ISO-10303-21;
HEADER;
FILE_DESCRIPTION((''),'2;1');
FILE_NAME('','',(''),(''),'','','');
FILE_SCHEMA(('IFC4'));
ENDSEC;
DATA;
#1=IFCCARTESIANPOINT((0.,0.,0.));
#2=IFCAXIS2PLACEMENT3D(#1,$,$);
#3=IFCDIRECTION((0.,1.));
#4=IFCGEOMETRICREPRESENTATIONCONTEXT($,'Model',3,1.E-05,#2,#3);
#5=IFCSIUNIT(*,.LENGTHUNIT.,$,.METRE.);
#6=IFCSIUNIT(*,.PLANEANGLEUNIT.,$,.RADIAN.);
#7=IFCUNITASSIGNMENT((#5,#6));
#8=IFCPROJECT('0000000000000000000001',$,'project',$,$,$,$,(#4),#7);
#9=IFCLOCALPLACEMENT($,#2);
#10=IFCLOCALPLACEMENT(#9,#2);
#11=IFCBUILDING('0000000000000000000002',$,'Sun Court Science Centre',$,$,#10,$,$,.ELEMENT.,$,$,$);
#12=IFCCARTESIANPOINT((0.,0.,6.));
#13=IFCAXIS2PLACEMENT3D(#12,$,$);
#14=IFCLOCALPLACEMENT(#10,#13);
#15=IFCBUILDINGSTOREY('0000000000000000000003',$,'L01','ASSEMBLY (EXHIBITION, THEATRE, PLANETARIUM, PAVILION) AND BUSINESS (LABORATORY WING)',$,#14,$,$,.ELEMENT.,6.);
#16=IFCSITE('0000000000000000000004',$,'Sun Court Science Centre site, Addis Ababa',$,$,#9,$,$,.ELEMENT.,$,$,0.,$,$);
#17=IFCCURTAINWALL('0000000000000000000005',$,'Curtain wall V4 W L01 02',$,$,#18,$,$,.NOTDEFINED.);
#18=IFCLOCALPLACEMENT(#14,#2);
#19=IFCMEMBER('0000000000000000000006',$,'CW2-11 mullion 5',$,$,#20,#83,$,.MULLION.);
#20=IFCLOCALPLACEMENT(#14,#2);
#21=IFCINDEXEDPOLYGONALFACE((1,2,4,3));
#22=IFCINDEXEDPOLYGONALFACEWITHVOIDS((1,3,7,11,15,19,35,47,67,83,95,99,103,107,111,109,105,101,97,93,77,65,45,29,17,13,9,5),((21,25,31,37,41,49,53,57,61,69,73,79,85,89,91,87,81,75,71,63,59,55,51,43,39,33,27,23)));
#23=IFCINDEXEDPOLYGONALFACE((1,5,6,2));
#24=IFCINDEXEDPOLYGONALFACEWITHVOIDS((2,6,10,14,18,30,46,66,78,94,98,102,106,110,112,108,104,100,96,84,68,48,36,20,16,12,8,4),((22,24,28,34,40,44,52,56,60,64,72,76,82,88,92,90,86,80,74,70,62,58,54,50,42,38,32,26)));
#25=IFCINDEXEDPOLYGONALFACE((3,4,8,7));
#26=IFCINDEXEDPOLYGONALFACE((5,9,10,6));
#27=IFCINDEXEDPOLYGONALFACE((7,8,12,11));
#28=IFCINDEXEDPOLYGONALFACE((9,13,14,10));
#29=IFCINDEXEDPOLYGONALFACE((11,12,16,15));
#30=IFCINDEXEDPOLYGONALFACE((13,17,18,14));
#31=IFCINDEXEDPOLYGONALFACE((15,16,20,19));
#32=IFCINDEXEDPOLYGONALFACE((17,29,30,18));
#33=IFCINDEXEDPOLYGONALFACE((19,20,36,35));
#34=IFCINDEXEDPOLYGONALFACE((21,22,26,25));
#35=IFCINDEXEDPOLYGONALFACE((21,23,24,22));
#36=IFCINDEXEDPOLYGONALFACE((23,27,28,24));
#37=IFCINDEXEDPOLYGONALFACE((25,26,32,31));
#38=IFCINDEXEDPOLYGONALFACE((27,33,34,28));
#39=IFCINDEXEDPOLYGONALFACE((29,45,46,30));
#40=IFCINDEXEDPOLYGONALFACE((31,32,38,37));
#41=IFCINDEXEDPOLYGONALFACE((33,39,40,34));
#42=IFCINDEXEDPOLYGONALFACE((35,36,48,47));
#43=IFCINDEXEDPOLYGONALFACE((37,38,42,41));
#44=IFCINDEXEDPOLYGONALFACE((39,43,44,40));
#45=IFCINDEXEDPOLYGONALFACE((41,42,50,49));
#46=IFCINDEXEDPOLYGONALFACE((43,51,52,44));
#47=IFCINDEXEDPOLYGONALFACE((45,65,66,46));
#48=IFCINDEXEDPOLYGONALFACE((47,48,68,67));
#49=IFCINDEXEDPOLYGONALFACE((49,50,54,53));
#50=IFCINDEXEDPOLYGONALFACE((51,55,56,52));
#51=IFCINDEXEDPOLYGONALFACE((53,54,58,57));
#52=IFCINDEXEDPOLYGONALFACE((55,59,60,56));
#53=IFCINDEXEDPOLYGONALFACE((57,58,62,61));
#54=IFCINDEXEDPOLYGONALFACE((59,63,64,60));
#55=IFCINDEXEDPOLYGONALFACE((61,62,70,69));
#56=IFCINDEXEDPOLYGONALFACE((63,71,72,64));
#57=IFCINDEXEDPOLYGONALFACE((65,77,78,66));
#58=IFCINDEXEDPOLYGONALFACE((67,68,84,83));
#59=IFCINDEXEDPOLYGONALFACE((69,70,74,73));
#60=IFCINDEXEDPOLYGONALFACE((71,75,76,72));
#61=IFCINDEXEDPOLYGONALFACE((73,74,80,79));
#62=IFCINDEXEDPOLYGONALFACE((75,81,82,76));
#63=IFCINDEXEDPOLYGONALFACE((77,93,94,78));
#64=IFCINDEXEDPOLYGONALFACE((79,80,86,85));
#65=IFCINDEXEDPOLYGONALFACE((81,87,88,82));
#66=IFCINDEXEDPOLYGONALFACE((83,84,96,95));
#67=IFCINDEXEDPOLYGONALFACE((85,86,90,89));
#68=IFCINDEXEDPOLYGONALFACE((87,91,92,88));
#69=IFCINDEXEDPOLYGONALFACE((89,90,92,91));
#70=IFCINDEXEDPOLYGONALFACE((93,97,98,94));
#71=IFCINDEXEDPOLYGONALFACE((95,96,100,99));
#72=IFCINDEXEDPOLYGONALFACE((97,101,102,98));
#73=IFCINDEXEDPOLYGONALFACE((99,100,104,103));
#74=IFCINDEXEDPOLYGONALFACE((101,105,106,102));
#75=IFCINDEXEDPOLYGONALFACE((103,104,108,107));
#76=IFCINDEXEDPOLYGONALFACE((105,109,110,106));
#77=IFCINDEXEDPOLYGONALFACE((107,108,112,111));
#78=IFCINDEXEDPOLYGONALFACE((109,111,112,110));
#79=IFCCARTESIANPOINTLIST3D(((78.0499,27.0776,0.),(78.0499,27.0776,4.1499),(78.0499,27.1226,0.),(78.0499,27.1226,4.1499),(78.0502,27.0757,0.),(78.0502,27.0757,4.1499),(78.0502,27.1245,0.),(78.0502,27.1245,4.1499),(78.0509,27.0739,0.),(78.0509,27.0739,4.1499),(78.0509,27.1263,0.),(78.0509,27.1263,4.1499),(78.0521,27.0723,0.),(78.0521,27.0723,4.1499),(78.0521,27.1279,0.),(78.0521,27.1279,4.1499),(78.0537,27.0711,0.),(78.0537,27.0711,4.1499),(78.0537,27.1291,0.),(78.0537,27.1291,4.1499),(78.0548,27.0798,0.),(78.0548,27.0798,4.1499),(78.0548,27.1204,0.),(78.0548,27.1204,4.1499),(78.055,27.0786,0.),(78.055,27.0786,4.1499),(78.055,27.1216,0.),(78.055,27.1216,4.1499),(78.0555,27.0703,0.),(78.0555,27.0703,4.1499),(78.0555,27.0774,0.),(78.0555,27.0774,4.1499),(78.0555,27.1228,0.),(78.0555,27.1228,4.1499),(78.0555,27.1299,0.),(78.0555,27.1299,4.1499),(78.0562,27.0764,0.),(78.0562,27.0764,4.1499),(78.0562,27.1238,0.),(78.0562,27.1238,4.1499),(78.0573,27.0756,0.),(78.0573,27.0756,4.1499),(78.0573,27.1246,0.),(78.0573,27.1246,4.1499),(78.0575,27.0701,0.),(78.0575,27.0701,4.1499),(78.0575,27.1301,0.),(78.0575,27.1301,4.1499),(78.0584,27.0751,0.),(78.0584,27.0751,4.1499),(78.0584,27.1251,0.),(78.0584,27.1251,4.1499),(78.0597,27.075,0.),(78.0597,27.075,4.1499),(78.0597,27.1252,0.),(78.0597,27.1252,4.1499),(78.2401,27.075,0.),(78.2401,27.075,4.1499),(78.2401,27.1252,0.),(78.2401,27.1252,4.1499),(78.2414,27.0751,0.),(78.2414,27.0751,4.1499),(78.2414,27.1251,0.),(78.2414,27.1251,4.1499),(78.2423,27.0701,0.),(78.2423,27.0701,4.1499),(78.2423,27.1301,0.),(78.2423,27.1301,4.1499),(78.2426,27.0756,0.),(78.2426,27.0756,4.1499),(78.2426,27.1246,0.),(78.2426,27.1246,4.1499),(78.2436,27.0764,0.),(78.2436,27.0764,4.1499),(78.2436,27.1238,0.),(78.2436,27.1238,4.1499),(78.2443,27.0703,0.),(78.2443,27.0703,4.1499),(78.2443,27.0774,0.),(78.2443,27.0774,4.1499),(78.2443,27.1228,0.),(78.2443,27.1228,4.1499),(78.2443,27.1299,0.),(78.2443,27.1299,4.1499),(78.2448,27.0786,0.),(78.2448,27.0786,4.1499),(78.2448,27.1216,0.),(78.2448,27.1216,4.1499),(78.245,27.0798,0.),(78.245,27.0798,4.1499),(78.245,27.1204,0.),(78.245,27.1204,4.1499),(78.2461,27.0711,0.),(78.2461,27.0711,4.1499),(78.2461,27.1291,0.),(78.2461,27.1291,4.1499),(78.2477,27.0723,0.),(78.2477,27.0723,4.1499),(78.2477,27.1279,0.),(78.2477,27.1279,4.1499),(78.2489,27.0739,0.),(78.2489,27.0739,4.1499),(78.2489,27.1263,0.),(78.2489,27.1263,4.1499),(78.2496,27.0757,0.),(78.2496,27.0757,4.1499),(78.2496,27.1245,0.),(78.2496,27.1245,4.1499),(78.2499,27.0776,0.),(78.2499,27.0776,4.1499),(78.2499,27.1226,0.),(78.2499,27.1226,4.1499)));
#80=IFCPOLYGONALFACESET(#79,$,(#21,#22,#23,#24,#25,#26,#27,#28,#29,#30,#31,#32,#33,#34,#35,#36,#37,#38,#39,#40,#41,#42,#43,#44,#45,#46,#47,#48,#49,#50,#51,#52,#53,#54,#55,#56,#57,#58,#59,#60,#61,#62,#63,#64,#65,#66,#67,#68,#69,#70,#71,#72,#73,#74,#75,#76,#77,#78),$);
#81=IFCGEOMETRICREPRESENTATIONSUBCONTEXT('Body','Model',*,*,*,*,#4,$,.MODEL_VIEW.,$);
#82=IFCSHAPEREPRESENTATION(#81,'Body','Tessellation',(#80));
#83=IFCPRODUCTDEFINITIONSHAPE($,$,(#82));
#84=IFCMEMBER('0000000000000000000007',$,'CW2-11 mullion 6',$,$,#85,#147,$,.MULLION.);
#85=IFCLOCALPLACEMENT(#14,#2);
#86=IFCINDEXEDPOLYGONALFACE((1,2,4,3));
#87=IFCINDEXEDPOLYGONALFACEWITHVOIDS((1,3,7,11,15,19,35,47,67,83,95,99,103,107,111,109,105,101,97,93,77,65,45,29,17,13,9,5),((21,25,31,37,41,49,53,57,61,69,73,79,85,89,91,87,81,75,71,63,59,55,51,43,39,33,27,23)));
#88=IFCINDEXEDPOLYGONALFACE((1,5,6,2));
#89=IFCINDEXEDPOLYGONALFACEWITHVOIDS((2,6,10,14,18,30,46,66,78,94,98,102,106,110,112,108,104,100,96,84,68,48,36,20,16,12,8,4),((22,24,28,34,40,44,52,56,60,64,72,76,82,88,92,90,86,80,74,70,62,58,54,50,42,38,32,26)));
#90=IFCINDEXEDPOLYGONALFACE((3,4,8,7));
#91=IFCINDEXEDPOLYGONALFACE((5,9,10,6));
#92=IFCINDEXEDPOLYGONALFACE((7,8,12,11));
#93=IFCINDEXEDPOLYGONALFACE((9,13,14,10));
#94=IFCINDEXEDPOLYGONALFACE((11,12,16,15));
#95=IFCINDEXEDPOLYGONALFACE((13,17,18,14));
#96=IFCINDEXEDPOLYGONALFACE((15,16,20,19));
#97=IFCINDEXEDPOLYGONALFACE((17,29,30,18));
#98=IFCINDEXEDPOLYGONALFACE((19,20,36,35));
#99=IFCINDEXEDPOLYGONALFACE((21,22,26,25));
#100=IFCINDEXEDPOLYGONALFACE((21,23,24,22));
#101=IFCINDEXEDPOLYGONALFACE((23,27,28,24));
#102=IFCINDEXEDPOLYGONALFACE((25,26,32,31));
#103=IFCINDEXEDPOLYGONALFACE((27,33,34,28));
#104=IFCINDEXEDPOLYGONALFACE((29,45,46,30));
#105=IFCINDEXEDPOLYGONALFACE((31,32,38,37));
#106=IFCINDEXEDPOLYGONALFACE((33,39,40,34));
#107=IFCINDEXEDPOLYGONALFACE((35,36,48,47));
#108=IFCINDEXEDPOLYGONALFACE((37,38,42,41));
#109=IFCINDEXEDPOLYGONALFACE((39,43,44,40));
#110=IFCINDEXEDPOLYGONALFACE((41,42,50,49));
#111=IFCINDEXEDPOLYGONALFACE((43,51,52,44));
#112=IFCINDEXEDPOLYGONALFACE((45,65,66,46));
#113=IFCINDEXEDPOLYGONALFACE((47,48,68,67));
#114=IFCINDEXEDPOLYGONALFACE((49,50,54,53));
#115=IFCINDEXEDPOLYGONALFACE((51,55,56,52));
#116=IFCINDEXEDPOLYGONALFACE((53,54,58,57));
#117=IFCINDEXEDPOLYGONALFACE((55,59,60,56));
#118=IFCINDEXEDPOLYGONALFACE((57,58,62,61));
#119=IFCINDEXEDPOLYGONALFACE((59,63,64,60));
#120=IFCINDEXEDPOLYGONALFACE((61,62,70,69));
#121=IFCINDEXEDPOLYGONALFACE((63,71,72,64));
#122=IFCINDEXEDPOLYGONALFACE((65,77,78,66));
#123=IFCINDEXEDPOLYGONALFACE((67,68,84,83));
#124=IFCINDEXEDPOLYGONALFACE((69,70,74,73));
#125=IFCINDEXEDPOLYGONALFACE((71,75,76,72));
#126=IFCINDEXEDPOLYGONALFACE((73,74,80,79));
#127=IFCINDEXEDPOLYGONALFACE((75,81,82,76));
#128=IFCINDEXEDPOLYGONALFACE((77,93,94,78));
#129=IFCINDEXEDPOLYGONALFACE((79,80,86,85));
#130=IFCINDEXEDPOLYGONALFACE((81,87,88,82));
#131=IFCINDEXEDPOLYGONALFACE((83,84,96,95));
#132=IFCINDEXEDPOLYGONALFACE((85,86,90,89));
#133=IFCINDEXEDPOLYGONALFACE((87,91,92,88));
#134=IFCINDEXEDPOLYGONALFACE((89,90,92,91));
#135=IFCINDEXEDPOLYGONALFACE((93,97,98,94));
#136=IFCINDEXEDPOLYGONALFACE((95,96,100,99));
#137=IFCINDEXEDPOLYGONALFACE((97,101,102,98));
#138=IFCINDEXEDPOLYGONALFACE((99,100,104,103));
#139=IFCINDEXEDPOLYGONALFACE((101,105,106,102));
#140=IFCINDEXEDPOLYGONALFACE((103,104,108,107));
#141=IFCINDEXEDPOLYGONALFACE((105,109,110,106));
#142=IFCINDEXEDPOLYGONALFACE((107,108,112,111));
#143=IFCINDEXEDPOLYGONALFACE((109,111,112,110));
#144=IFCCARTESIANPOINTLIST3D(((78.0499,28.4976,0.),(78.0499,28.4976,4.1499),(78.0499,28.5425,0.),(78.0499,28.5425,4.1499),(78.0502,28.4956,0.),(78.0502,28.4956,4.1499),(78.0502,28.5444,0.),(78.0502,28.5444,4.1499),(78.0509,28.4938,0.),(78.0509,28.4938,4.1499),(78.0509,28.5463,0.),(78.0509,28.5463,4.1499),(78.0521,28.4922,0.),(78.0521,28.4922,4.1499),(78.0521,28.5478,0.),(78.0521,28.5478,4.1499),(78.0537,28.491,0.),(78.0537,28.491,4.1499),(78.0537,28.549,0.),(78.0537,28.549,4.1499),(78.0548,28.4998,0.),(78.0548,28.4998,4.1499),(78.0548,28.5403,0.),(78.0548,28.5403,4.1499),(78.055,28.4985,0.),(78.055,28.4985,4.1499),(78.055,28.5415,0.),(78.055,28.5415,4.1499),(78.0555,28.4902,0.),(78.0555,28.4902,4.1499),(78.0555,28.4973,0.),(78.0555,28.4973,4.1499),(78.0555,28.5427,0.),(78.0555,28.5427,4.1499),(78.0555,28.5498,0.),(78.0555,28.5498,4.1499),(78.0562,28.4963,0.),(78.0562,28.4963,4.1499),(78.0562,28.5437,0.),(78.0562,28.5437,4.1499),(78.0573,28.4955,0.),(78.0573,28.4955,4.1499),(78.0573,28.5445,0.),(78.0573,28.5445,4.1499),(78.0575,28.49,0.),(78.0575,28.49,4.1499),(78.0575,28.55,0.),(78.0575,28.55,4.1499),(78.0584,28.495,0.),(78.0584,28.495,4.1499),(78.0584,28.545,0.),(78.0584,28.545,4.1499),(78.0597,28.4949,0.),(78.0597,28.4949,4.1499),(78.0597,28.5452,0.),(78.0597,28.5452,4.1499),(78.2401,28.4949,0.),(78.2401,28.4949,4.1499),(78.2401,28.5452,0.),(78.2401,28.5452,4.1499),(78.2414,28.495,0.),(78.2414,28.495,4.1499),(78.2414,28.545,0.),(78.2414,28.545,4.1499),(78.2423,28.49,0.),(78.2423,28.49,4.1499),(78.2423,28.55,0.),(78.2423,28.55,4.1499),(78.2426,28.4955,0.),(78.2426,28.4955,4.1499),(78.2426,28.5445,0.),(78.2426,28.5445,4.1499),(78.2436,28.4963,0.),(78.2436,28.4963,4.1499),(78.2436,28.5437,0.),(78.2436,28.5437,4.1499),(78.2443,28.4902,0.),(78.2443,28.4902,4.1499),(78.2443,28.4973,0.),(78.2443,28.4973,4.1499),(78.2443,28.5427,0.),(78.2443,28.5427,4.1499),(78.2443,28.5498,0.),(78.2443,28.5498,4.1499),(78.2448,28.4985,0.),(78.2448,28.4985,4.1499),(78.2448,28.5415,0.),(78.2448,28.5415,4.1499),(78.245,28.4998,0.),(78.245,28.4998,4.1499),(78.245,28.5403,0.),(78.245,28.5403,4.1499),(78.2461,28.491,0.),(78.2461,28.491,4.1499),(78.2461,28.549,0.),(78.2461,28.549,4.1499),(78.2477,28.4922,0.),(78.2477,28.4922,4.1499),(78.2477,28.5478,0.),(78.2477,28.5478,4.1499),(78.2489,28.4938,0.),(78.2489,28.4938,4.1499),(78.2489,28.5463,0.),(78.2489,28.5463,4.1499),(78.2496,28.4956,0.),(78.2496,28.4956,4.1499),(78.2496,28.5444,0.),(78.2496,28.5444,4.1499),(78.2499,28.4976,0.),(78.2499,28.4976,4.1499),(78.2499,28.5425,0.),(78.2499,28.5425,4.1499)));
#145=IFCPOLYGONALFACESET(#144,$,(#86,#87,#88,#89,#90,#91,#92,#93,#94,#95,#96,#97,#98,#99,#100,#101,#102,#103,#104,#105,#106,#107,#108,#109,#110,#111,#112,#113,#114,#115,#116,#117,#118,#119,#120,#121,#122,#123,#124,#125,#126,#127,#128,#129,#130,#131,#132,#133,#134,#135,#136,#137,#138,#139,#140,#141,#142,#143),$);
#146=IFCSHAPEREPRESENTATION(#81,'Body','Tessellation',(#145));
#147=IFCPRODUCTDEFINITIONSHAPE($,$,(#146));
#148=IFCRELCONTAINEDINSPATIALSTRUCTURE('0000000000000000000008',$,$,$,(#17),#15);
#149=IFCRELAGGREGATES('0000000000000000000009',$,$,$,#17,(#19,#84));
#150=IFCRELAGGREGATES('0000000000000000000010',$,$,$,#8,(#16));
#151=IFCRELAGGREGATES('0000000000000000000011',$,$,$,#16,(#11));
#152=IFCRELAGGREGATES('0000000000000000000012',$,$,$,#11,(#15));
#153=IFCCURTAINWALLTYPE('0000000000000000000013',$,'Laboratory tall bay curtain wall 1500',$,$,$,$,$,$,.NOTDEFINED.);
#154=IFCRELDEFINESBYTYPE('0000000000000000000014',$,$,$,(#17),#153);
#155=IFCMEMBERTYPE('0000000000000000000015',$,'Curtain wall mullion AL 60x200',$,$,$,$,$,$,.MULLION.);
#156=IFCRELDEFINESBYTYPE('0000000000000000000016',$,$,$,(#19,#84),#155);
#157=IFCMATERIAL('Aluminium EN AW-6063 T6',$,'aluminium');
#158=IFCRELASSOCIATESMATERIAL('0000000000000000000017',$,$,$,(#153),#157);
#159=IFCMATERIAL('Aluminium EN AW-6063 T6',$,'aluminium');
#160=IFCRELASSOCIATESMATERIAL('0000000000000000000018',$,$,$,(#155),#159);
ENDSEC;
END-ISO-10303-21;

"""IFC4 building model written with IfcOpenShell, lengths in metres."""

from ifc_helpers import new_model, si_unit, direction, frame, origin, origin_2d, place, context, subcontext, project, spatial, hollow_rectangle, extrude, material, material_profile, profile_set, type_object, element, aggregate, save


model = new_model("IFC4")

# Units and contexts
model_context = context("Model", 3, precision=1e-05, world=origin(), true_north=direction((0.0, 1.0)))
body_context = subcontext(model_context, "Body", "Model", "MODEL_VIEW")
ifc_project = project(units=[si_unit("LENGTHUNIT", "METRE"), si_unit("PLANEANGLEUNIT", "RADIAN")], contexts=[model_context])

# Site, building, storey
site_placement = place(None, origin())
site = spatial("IfcSite", under=ifc_project, at=site_placement, Name="Sun Court Science Centre site, Addis Ababa", CompositionType="ELEMENT", RefElevation=0.0)
building_placement = place(site_placement, origin())
building = spatial("IfcBuilding", under=site, at=building_placement, Name="Sun Court Science Centre", CompositionType="ELEMENT")
storey_placement = place(building_placement, frame((0.0, 0.0, 6.0)))
storey = spatial("IfcBuildingStorey", under=building, at=storey_placement, Name="L01", Description="ASSEMBLY (EXHIBITION, THEATRE, PLANETARIUM, PAVILION) AND BUSINESS (LABORATORY WING)", CompositionType="ELEMENT", Elevation=6.0)

# Curtain wall, members
ifc_material_1 = material(Name="Aluminium EN AW-6063 T6", Category="aluminium")
curtain_wall_type = type_object("IfcCurtainWallType", Name="Laboratory tall bay curtain wall 1500", PredefinedType="NOTDEFINED", material=ifc_material_1)
curtain_wall_1_placement = place(storey_placement, origin())
curtain_wall_1 = element("IfcCurtainWall", 1, at=curtain_wall_1_placement, inside=storey, type_object=curtain_wall_type, Name="Curtain wall V4 W L01 02", PredefinedType="NOTDEFINED")
ifc_material_2 = material(Name="Aluminium EN AW-6063 T6", Category="aluminium")
ifc_material_profile_1 = material_profile(ifc_material_2, hollow_rectangle(XDim=0.0601, YDim=0.2, WallThickness=0.0049, InnerFilletRadius=0.0049, OuterFilletRadius=0.0076, at=origin_2d()), Name="AL 60x200x5")
ifc_profile_set_1 = profile_set([ifc_material_profile_1], Name="Aluminium EN AW-6063 T6")
member_type_1 = type_object("IfcMemberType", Name="Curtain wall mullion AL 60x200", PredefinedType="MULLION", material=ifc_profile_set_1)
member_1_placement = place(storey_placement, frame((78.1499, 27.1001, 0.0), z_axis=(0.0, 0.0, 1.0), x_axis=(0.0, 1.0, 0.0)))
member_1 = element("IfcMember", 2, at=member_1_placement, type_object=member_type_1, Name="CW2-11 mullion 5", PredefinedType="MULLION", context=body_context, shape_type="SweptSolid", body=[
    extrude(hollow_rectangle(XDim=0.0601, YDim=0.2, WallThickness=0.0049, InnerFilletRadius=0.0049, OuterFilletRadius=0.0076, at=origin_2d()), origin(), (0.0, 0.0, 1.0), 4.1499),
])
member_2_placement = place(storey_placement, frame((78.1499, 28.52, 0.0), z_axis=(0.0, 0.0, 1.0), x_axis=(0.0, 1.0, 0.0)))
member_2 = element("IfcMember", 3, at=member_2_placement, type_object=member_type_1, Name="CW2-11 mullion 6", PredefinedType="MULLION", context=body_context, shape_type="SweptSolid", body=[
    extrude(hollow_rectangle(XDim=0.0601, YDim=0.2, WallThickness=0.0049, InnerFilletRadius=0.0049, OuterFilletRadius=0.0076, at=origin_2d()), origin(), (0.0, 0.0, 1.0), 4.1499),
])

aggregate(curtain_wall_1, [member_1, member_2])

save(model, "model.ifc")
